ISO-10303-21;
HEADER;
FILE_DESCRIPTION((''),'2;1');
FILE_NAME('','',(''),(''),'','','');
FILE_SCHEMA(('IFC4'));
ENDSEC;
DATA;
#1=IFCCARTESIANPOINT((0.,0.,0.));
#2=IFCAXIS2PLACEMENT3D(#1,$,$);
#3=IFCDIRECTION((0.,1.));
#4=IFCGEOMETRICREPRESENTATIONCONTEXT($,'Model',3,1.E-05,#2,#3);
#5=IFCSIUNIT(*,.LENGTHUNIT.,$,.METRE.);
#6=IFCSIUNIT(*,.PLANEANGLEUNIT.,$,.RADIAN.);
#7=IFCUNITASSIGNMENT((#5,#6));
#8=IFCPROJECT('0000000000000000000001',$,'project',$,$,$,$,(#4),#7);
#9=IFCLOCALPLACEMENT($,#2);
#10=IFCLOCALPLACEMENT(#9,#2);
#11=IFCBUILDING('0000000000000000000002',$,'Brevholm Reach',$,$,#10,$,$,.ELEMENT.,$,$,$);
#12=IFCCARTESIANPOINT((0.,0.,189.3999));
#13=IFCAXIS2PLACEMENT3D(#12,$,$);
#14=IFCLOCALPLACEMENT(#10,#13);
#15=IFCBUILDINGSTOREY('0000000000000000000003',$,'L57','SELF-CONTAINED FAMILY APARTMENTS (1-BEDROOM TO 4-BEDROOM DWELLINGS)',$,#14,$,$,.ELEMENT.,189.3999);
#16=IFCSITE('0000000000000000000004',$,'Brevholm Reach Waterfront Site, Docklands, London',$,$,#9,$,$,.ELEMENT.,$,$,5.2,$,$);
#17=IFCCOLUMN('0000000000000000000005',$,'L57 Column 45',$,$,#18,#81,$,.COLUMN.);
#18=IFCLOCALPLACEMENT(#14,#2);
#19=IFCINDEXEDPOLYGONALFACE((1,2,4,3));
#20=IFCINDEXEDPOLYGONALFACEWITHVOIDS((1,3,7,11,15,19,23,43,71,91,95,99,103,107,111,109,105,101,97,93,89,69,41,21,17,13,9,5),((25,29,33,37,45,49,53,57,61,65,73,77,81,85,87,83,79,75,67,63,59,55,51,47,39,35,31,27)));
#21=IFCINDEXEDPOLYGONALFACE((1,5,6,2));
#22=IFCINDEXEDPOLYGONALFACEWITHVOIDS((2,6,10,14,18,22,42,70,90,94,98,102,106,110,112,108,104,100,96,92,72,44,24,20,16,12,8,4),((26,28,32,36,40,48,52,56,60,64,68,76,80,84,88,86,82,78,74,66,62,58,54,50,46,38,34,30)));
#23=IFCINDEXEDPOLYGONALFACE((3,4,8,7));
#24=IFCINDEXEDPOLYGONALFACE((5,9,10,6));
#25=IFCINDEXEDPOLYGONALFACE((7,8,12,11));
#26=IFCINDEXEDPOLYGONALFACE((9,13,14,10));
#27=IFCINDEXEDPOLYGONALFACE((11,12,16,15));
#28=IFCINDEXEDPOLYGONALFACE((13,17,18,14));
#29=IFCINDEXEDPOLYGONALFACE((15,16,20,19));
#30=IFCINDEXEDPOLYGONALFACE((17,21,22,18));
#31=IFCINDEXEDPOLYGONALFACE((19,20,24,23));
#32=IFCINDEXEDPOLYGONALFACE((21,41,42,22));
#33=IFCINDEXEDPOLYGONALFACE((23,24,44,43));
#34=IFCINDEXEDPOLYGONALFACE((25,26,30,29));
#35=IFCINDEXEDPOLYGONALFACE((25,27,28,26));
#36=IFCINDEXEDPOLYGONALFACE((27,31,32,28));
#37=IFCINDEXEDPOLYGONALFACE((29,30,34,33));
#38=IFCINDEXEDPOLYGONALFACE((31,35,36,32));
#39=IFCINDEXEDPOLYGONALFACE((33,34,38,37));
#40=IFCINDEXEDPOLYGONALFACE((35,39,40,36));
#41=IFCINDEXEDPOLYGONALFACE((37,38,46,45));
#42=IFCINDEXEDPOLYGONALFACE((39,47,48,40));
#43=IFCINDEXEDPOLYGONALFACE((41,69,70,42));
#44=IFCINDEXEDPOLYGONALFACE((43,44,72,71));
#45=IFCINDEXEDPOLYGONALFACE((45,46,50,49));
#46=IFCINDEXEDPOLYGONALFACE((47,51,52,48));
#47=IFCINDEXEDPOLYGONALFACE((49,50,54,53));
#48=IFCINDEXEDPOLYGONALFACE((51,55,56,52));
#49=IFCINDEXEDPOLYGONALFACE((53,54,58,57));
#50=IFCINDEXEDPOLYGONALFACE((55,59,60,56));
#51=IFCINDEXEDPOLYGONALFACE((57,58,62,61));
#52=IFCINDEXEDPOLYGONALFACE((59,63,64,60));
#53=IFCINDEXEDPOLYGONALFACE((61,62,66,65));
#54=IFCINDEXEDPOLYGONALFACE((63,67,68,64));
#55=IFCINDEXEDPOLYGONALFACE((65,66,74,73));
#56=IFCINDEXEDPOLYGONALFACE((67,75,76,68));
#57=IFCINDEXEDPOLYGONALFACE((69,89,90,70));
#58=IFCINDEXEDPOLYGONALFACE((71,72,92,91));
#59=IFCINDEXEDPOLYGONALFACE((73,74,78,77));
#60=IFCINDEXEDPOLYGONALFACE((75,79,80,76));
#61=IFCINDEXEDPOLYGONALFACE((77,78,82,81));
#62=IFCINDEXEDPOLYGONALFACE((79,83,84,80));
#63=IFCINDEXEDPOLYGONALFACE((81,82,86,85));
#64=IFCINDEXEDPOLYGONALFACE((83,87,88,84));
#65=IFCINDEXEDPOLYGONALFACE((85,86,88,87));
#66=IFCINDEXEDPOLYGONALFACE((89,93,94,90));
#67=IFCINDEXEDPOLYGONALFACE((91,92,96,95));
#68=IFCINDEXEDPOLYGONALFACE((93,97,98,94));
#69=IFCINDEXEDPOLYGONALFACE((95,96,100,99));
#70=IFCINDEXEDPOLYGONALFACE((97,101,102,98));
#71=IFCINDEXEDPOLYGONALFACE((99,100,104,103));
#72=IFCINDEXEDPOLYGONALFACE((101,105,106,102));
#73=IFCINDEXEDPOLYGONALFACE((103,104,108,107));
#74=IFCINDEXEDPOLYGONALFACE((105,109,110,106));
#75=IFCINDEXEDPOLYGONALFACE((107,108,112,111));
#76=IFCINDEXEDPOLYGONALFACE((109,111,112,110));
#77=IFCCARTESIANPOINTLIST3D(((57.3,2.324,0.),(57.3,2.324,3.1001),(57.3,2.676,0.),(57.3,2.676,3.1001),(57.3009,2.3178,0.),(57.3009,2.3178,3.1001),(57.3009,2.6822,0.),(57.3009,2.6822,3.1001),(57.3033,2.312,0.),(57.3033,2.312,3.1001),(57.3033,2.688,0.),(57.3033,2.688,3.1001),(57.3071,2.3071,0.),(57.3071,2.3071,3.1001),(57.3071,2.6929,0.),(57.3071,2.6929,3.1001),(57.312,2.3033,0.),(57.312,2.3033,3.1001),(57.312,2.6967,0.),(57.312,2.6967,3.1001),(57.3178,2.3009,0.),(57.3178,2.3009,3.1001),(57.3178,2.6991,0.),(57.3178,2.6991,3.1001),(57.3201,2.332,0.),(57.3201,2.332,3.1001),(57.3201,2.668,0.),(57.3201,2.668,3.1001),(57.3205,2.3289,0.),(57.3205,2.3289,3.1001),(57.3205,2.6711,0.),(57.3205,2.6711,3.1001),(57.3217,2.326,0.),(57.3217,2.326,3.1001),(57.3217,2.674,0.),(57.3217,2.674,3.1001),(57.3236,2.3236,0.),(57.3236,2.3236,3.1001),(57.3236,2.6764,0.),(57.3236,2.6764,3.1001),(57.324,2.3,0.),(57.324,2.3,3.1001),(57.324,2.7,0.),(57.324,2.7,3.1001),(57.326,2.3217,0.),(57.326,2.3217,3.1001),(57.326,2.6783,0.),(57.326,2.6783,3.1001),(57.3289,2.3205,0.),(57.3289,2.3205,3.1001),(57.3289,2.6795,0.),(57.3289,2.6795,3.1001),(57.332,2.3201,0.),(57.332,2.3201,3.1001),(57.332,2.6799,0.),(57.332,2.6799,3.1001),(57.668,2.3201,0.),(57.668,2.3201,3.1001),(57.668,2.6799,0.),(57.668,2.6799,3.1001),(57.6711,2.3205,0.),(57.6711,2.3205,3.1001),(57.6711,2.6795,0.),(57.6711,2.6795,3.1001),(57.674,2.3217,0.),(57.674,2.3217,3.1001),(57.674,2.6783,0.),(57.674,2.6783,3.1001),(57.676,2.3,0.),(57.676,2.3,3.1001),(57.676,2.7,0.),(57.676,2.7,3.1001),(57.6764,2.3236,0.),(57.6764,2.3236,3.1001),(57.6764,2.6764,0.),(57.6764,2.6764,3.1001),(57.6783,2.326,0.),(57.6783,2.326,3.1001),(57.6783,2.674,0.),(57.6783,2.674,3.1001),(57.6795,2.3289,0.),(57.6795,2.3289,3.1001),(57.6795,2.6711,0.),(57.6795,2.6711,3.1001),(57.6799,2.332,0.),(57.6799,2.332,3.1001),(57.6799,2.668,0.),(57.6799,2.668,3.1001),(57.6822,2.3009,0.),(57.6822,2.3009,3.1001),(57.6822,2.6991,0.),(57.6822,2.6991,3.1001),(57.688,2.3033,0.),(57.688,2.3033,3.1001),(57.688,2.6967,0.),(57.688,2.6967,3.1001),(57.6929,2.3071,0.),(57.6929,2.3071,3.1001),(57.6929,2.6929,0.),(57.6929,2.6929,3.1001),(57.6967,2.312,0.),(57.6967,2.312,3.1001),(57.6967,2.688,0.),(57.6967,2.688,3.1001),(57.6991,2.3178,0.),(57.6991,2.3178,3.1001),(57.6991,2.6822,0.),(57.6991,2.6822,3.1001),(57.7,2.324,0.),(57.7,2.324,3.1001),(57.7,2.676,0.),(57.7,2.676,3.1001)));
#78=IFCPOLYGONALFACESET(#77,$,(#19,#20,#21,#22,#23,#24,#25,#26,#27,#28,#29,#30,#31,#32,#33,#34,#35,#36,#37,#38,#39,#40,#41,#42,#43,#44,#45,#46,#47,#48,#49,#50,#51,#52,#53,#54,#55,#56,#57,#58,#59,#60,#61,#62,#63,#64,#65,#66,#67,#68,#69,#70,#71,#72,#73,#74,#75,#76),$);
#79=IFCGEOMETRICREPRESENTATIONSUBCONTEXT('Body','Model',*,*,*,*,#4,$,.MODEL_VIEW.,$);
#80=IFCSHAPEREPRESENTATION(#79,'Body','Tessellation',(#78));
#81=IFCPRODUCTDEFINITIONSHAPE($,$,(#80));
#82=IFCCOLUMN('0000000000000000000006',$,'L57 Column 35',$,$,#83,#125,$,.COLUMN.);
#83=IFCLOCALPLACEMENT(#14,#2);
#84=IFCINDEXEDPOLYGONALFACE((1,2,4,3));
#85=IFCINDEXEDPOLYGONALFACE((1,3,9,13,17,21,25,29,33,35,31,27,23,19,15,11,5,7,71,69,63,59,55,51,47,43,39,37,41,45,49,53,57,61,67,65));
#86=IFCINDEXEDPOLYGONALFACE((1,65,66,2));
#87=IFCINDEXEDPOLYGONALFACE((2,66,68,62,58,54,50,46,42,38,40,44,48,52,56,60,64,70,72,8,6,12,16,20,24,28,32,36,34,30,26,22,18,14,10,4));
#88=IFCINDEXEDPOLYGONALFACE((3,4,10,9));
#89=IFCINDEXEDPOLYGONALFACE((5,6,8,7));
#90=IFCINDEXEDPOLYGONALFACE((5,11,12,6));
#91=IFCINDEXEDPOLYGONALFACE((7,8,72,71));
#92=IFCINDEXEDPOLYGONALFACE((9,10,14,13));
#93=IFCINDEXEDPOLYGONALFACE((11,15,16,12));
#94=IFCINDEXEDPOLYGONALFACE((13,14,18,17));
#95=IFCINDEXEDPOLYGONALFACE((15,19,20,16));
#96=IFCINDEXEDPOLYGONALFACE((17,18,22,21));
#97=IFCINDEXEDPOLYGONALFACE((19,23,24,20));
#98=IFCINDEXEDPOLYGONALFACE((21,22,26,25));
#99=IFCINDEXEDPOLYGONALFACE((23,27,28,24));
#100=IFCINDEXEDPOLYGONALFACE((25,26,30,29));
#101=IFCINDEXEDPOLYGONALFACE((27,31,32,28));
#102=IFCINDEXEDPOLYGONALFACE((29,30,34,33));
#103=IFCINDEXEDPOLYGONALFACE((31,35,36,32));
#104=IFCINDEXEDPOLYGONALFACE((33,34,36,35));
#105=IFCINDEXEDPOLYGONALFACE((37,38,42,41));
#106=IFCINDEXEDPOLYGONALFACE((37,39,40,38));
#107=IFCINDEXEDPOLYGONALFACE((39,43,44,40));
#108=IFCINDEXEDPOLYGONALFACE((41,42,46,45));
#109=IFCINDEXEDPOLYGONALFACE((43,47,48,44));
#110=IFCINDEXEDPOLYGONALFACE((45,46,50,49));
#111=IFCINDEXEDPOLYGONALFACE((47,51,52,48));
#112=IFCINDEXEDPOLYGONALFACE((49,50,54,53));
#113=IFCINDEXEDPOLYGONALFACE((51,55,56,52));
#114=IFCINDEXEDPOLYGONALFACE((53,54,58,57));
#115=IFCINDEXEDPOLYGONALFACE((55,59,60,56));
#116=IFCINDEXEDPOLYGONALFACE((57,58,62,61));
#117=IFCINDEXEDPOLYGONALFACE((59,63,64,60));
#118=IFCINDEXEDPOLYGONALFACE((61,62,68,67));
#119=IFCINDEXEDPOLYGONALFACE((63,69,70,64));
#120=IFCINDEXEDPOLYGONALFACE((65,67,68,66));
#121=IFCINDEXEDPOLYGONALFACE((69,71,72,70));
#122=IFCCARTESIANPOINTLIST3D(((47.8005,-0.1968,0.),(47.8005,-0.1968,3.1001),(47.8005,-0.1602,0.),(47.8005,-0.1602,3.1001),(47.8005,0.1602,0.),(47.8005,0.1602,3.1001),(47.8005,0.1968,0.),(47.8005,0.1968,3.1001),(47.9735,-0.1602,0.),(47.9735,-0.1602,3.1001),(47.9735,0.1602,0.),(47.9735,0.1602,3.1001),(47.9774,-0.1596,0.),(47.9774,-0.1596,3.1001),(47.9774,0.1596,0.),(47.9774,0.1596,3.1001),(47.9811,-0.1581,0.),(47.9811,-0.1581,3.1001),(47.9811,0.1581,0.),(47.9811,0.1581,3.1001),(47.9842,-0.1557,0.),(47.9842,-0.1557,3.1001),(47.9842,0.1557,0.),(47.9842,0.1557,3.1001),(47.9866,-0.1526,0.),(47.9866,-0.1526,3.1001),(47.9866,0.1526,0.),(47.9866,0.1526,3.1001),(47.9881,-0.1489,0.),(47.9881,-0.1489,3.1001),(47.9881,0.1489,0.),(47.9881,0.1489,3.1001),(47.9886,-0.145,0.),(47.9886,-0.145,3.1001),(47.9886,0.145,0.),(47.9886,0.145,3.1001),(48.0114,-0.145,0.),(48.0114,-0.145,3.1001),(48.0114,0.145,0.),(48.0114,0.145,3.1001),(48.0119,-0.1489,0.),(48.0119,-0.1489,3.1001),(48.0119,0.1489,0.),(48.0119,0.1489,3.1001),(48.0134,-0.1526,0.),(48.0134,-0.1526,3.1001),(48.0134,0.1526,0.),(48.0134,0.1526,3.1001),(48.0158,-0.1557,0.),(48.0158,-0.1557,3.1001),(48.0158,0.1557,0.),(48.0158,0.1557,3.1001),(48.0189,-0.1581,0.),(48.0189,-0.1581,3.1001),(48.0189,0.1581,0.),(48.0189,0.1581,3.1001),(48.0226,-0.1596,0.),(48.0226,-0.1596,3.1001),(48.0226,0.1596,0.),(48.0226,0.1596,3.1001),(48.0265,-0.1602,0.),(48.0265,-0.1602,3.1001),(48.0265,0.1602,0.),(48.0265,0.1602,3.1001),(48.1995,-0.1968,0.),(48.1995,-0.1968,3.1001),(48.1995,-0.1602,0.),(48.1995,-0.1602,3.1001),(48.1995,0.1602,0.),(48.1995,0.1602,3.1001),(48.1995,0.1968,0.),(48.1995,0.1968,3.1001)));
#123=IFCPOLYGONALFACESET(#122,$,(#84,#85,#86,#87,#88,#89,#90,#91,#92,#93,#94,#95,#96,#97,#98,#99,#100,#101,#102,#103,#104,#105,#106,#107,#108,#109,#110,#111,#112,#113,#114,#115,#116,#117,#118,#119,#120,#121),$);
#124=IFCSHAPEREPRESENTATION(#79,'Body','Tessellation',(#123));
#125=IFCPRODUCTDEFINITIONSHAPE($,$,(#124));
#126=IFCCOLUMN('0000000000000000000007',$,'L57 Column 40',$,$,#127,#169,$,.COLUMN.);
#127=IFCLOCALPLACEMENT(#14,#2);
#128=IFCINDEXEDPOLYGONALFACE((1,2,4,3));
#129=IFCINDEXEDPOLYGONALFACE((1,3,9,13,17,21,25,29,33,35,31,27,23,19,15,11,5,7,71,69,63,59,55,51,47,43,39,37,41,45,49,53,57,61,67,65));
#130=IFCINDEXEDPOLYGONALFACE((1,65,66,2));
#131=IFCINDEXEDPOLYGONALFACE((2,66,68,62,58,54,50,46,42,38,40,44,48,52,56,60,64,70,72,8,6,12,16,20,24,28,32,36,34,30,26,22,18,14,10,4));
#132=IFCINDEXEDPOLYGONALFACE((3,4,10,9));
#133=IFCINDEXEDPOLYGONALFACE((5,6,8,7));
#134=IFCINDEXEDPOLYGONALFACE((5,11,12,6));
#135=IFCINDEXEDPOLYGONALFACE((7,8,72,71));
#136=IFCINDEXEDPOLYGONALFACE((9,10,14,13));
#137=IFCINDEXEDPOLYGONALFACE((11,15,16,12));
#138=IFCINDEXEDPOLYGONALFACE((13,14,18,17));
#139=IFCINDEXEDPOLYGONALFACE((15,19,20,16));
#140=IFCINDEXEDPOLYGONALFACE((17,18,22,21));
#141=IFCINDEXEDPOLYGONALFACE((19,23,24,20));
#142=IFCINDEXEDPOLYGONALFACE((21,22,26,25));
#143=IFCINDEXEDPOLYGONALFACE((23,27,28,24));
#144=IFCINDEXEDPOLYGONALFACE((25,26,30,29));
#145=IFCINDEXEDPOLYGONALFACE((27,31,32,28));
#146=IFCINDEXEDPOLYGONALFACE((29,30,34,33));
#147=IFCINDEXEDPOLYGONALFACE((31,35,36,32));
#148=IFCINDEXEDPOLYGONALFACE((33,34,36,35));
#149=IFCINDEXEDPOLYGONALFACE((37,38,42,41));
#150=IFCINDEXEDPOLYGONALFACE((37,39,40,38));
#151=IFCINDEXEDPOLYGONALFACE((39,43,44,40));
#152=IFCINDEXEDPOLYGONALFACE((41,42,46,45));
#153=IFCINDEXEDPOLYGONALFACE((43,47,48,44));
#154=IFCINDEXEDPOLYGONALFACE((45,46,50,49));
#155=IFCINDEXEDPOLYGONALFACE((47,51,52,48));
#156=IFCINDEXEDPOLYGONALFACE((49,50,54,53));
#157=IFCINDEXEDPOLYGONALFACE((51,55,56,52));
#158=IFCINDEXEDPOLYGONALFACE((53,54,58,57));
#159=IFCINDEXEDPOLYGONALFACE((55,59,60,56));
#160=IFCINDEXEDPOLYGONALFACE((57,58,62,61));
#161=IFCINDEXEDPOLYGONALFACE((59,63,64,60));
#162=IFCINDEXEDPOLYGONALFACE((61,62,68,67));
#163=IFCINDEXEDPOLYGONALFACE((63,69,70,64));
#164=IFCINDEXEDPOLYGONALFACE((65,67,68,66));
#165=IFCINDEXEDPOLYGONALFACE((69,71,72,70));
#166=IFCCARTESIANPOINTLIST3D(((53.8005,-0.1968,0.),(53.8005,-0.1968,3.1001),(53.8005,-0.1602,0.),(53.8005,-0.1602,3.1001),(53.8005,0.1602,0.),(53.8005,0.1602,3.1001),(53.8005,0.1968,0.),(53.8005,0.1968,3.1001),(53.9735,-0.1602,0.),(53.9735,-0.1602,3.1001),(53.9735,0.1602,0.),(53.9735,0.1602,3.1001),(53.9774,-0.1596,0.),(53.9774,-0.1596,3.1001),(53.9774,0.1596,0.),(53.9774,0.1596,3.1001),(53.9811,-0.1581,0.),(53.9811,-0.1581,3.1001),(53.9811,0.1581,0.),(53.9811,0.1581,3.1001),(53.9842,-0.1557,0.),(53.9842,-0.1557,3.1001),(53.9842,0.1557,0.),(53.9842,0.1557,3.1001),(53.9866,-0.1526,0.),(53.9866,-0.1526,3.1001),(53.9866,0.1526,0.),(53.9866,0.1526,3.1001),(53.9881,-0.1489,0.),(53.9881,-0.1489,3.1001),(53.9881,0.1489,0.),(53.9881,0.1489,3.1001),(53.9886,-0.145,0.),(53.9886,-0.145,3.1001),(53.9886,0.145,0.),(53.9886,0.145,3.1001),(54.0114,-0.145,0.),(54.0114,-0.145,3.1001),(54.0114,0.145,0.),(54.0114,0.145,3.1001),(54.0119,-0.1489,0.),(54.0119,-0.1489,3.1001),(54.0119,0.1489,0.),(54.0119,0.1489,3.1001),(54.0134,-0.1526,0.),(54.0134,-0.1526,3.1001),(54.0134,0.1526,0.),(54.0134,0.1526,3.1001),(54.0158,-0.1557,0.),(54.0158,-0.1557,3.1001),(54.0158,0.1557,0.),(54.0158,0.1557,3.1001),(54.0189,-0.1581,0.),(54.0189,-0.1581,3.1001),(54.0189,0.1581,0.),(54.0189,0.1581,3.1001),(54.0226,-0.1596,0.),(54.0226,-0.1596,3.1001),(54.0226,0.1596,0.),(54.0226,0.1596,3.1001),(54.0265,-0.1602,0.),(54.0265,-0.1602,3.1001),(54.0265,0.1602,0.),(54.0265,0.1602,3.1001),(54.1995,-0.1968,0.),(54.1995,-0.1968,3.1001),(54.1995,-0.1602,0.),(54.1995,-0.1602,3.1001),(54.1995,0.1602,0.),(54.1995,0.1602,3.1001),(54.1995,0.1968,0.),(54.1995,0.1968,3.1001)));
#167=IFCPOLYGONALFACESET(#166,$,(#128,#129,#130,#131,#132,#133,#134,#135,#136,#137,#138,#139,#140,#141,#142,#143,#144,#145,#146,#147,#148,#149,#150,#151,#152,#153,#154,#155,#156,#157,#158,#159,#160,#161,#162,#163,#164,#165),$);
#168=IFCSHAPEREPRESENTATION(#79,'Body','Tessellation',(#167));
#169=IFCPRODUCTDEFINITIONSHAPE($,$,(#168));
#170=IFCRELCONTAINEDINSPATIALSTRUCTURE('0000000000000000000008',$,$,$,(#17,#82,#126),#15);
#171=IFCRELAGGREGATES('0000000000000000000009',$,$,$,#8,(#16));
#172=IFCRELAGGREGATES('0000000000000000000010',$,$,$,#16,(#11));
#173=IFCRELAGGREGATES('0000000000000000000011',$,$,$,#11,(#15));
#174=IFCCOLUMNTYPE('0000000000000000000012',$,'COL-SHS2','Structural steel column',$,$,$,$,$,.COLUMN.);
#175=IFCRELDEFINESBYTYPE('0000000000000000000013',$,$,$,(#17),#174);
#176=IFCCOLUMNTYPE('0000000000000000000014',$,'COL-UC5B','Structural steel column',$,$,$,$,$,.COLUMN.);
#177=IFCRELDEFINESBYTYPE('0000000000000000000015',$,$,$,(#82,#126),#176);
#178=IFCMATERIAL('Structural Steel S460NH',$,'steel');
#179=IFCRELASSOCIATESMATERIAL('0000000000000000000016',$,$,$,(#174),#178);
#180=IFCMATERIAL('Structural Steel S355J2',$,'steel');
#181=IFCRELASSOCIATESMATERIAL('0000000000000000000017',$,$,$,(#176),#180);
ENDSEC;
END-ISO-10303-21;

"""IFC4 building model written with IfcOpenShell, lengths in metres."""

from ifc_helpers import new_model, si_unit, direction, frame, origin, origin_2d, place, context, subcontext, project, spatial, hollow_rectangle, i_section, extrude, material, material_profile, profile_set, type_object, element, save


model = new_model("IFC4")

# Units and contexts
model_context = context("Model", 3, precision=1e-05, world=origin(), true_north=direction((0.0, 1.0)))
body_context = subcontext(model_context, "Body", "Model", "MODEL_VIEW")
ifc_project = project(units=[si_unit("LENGTHUNIT", "METRE"), si_unit("PLANEANGLEUNIT", "RADIAN")], contexts=[model_context])

# Site, building, storey
site_placement = place(None, origin())
site = spatial("IfcSite", under=ifc_project, at=site_placement, Name="Brevholm Reach Waterfront Site, Docklands, London", CompositionType="ELEMENT", RefElevation=5.2)
building_placement = place(site_placement, origin())
building = spatial("IfcBuilding", under=site, at=building_placement, Name="Brevholm Reach", CompositionType="ELEMENT")
storey_placement = place(building_placement, frame((0.0, 0.0, 189.3999)))
storey = spatial("IfcBuildingStorey", under=building, at=storey_placement, Name="L57", Description="SELF-CONTAINED FAMILY APARTMENTS (1-BEDROOM TO 4-BEDROOM DWELLINGS)", CompositionType="ELEMENT", Elevation=189.3999)

# Columns
ifc_material_1 = material(Name="Structural Steel S460NH", Category="steel")
ifc_material_profile_1 = material_profile(ifc_material_1, hollow_rectangle(XDim=0.3999, YDim=0.3999, WallThickness=0.02, InnerFilletRadius=0.012, OuterFilletRadius=0.0239, at=origin_2d()), Name="SHS 400x400x20")
ifc_profile_set_1 = profile_set([ifc_material_profile_1], Name="Structural Steel S460NH")
column_type_1 = type_object("IfcColumnType", Name="COL-SHS2", Description="Structural steel column", PredefinedType="COLUMN", material=ifc_profile_set_1)
column_placement = place(storey_placement, frame((57.5, 2.5, 0.0), z_axis=(0.0, 0.0, 1.0), x_axis=(1.0, 0.0, 0.0)))
element("IfcColumn", 1, at=column_placement, inside=storey, type_object=column_type_1, Name="L57 Column 45", PredefinedType="COLUMN", context=body_context, shape_type="SweptSolid", body=[
    extrude(hollow_rectangle(XDim=0.3999, YDim=0.3999, WallThickness=0.02, InnerFilletRadius=0.012, OuterFilletRadius=0.0239, at=origin_2d()), origin(), (0.0, 0.0, 1.0), 3.1001),
])
ifc_material_2 = material(Name="Structural Steel S355J2", Category="steel")
ifc_material_profile_2 = material_profile(ifc_material_2, i_section(OverallWidth=0.3989, OverallDepth=0.3936, WebThickness=0.0227, FlangeThickness=0.0366, FilletRadius=0.0151, at=origin_2d()), Name="UKC 356x406x287")
ifc_profile_set_2 = profile_set([ifc_material_profile_2], Name="Structural Steel S355J2")
column_type_2 = type_object("IfcColumnType", Name="COL-UC5B", Description="Structural steel column", PredefinedType="COLUMN", material=ifc_profile_set_2)
for number, where, z_axis, x_axis, name in (
    (2, (48.0, 0.0, 0.0), (0.0, 0.0, 1.0), (1.0, 0.0, 0.0), "L57 Column 35"),
    (3, (54.0, 0.0, 0.0), (0.0, 0.0, 1.0), (1.0, 0.0, 0.0), "L57 Column 40"),
):
    element("IfcColumn", number, at=place(storey_placement, frame(where, z_axis=z_axis, x_axis=x_axis)), inside=storey, type_object=column_type_2, Name=name, PredefinedType="COLUMN", context=body_context, shape_type="SweptSolid", body=[
        extrude(i_section(OverallWidth=0.3989, OverallDepth=0.3936, WebThickness=0.0227, FlangeThickness=0.0366, FilletRadius=0.0151, at=origin_2d()), origin(), (0.0, 0.0, 1.0), 3.1001),
    ])

save(model, "model.ifc")
